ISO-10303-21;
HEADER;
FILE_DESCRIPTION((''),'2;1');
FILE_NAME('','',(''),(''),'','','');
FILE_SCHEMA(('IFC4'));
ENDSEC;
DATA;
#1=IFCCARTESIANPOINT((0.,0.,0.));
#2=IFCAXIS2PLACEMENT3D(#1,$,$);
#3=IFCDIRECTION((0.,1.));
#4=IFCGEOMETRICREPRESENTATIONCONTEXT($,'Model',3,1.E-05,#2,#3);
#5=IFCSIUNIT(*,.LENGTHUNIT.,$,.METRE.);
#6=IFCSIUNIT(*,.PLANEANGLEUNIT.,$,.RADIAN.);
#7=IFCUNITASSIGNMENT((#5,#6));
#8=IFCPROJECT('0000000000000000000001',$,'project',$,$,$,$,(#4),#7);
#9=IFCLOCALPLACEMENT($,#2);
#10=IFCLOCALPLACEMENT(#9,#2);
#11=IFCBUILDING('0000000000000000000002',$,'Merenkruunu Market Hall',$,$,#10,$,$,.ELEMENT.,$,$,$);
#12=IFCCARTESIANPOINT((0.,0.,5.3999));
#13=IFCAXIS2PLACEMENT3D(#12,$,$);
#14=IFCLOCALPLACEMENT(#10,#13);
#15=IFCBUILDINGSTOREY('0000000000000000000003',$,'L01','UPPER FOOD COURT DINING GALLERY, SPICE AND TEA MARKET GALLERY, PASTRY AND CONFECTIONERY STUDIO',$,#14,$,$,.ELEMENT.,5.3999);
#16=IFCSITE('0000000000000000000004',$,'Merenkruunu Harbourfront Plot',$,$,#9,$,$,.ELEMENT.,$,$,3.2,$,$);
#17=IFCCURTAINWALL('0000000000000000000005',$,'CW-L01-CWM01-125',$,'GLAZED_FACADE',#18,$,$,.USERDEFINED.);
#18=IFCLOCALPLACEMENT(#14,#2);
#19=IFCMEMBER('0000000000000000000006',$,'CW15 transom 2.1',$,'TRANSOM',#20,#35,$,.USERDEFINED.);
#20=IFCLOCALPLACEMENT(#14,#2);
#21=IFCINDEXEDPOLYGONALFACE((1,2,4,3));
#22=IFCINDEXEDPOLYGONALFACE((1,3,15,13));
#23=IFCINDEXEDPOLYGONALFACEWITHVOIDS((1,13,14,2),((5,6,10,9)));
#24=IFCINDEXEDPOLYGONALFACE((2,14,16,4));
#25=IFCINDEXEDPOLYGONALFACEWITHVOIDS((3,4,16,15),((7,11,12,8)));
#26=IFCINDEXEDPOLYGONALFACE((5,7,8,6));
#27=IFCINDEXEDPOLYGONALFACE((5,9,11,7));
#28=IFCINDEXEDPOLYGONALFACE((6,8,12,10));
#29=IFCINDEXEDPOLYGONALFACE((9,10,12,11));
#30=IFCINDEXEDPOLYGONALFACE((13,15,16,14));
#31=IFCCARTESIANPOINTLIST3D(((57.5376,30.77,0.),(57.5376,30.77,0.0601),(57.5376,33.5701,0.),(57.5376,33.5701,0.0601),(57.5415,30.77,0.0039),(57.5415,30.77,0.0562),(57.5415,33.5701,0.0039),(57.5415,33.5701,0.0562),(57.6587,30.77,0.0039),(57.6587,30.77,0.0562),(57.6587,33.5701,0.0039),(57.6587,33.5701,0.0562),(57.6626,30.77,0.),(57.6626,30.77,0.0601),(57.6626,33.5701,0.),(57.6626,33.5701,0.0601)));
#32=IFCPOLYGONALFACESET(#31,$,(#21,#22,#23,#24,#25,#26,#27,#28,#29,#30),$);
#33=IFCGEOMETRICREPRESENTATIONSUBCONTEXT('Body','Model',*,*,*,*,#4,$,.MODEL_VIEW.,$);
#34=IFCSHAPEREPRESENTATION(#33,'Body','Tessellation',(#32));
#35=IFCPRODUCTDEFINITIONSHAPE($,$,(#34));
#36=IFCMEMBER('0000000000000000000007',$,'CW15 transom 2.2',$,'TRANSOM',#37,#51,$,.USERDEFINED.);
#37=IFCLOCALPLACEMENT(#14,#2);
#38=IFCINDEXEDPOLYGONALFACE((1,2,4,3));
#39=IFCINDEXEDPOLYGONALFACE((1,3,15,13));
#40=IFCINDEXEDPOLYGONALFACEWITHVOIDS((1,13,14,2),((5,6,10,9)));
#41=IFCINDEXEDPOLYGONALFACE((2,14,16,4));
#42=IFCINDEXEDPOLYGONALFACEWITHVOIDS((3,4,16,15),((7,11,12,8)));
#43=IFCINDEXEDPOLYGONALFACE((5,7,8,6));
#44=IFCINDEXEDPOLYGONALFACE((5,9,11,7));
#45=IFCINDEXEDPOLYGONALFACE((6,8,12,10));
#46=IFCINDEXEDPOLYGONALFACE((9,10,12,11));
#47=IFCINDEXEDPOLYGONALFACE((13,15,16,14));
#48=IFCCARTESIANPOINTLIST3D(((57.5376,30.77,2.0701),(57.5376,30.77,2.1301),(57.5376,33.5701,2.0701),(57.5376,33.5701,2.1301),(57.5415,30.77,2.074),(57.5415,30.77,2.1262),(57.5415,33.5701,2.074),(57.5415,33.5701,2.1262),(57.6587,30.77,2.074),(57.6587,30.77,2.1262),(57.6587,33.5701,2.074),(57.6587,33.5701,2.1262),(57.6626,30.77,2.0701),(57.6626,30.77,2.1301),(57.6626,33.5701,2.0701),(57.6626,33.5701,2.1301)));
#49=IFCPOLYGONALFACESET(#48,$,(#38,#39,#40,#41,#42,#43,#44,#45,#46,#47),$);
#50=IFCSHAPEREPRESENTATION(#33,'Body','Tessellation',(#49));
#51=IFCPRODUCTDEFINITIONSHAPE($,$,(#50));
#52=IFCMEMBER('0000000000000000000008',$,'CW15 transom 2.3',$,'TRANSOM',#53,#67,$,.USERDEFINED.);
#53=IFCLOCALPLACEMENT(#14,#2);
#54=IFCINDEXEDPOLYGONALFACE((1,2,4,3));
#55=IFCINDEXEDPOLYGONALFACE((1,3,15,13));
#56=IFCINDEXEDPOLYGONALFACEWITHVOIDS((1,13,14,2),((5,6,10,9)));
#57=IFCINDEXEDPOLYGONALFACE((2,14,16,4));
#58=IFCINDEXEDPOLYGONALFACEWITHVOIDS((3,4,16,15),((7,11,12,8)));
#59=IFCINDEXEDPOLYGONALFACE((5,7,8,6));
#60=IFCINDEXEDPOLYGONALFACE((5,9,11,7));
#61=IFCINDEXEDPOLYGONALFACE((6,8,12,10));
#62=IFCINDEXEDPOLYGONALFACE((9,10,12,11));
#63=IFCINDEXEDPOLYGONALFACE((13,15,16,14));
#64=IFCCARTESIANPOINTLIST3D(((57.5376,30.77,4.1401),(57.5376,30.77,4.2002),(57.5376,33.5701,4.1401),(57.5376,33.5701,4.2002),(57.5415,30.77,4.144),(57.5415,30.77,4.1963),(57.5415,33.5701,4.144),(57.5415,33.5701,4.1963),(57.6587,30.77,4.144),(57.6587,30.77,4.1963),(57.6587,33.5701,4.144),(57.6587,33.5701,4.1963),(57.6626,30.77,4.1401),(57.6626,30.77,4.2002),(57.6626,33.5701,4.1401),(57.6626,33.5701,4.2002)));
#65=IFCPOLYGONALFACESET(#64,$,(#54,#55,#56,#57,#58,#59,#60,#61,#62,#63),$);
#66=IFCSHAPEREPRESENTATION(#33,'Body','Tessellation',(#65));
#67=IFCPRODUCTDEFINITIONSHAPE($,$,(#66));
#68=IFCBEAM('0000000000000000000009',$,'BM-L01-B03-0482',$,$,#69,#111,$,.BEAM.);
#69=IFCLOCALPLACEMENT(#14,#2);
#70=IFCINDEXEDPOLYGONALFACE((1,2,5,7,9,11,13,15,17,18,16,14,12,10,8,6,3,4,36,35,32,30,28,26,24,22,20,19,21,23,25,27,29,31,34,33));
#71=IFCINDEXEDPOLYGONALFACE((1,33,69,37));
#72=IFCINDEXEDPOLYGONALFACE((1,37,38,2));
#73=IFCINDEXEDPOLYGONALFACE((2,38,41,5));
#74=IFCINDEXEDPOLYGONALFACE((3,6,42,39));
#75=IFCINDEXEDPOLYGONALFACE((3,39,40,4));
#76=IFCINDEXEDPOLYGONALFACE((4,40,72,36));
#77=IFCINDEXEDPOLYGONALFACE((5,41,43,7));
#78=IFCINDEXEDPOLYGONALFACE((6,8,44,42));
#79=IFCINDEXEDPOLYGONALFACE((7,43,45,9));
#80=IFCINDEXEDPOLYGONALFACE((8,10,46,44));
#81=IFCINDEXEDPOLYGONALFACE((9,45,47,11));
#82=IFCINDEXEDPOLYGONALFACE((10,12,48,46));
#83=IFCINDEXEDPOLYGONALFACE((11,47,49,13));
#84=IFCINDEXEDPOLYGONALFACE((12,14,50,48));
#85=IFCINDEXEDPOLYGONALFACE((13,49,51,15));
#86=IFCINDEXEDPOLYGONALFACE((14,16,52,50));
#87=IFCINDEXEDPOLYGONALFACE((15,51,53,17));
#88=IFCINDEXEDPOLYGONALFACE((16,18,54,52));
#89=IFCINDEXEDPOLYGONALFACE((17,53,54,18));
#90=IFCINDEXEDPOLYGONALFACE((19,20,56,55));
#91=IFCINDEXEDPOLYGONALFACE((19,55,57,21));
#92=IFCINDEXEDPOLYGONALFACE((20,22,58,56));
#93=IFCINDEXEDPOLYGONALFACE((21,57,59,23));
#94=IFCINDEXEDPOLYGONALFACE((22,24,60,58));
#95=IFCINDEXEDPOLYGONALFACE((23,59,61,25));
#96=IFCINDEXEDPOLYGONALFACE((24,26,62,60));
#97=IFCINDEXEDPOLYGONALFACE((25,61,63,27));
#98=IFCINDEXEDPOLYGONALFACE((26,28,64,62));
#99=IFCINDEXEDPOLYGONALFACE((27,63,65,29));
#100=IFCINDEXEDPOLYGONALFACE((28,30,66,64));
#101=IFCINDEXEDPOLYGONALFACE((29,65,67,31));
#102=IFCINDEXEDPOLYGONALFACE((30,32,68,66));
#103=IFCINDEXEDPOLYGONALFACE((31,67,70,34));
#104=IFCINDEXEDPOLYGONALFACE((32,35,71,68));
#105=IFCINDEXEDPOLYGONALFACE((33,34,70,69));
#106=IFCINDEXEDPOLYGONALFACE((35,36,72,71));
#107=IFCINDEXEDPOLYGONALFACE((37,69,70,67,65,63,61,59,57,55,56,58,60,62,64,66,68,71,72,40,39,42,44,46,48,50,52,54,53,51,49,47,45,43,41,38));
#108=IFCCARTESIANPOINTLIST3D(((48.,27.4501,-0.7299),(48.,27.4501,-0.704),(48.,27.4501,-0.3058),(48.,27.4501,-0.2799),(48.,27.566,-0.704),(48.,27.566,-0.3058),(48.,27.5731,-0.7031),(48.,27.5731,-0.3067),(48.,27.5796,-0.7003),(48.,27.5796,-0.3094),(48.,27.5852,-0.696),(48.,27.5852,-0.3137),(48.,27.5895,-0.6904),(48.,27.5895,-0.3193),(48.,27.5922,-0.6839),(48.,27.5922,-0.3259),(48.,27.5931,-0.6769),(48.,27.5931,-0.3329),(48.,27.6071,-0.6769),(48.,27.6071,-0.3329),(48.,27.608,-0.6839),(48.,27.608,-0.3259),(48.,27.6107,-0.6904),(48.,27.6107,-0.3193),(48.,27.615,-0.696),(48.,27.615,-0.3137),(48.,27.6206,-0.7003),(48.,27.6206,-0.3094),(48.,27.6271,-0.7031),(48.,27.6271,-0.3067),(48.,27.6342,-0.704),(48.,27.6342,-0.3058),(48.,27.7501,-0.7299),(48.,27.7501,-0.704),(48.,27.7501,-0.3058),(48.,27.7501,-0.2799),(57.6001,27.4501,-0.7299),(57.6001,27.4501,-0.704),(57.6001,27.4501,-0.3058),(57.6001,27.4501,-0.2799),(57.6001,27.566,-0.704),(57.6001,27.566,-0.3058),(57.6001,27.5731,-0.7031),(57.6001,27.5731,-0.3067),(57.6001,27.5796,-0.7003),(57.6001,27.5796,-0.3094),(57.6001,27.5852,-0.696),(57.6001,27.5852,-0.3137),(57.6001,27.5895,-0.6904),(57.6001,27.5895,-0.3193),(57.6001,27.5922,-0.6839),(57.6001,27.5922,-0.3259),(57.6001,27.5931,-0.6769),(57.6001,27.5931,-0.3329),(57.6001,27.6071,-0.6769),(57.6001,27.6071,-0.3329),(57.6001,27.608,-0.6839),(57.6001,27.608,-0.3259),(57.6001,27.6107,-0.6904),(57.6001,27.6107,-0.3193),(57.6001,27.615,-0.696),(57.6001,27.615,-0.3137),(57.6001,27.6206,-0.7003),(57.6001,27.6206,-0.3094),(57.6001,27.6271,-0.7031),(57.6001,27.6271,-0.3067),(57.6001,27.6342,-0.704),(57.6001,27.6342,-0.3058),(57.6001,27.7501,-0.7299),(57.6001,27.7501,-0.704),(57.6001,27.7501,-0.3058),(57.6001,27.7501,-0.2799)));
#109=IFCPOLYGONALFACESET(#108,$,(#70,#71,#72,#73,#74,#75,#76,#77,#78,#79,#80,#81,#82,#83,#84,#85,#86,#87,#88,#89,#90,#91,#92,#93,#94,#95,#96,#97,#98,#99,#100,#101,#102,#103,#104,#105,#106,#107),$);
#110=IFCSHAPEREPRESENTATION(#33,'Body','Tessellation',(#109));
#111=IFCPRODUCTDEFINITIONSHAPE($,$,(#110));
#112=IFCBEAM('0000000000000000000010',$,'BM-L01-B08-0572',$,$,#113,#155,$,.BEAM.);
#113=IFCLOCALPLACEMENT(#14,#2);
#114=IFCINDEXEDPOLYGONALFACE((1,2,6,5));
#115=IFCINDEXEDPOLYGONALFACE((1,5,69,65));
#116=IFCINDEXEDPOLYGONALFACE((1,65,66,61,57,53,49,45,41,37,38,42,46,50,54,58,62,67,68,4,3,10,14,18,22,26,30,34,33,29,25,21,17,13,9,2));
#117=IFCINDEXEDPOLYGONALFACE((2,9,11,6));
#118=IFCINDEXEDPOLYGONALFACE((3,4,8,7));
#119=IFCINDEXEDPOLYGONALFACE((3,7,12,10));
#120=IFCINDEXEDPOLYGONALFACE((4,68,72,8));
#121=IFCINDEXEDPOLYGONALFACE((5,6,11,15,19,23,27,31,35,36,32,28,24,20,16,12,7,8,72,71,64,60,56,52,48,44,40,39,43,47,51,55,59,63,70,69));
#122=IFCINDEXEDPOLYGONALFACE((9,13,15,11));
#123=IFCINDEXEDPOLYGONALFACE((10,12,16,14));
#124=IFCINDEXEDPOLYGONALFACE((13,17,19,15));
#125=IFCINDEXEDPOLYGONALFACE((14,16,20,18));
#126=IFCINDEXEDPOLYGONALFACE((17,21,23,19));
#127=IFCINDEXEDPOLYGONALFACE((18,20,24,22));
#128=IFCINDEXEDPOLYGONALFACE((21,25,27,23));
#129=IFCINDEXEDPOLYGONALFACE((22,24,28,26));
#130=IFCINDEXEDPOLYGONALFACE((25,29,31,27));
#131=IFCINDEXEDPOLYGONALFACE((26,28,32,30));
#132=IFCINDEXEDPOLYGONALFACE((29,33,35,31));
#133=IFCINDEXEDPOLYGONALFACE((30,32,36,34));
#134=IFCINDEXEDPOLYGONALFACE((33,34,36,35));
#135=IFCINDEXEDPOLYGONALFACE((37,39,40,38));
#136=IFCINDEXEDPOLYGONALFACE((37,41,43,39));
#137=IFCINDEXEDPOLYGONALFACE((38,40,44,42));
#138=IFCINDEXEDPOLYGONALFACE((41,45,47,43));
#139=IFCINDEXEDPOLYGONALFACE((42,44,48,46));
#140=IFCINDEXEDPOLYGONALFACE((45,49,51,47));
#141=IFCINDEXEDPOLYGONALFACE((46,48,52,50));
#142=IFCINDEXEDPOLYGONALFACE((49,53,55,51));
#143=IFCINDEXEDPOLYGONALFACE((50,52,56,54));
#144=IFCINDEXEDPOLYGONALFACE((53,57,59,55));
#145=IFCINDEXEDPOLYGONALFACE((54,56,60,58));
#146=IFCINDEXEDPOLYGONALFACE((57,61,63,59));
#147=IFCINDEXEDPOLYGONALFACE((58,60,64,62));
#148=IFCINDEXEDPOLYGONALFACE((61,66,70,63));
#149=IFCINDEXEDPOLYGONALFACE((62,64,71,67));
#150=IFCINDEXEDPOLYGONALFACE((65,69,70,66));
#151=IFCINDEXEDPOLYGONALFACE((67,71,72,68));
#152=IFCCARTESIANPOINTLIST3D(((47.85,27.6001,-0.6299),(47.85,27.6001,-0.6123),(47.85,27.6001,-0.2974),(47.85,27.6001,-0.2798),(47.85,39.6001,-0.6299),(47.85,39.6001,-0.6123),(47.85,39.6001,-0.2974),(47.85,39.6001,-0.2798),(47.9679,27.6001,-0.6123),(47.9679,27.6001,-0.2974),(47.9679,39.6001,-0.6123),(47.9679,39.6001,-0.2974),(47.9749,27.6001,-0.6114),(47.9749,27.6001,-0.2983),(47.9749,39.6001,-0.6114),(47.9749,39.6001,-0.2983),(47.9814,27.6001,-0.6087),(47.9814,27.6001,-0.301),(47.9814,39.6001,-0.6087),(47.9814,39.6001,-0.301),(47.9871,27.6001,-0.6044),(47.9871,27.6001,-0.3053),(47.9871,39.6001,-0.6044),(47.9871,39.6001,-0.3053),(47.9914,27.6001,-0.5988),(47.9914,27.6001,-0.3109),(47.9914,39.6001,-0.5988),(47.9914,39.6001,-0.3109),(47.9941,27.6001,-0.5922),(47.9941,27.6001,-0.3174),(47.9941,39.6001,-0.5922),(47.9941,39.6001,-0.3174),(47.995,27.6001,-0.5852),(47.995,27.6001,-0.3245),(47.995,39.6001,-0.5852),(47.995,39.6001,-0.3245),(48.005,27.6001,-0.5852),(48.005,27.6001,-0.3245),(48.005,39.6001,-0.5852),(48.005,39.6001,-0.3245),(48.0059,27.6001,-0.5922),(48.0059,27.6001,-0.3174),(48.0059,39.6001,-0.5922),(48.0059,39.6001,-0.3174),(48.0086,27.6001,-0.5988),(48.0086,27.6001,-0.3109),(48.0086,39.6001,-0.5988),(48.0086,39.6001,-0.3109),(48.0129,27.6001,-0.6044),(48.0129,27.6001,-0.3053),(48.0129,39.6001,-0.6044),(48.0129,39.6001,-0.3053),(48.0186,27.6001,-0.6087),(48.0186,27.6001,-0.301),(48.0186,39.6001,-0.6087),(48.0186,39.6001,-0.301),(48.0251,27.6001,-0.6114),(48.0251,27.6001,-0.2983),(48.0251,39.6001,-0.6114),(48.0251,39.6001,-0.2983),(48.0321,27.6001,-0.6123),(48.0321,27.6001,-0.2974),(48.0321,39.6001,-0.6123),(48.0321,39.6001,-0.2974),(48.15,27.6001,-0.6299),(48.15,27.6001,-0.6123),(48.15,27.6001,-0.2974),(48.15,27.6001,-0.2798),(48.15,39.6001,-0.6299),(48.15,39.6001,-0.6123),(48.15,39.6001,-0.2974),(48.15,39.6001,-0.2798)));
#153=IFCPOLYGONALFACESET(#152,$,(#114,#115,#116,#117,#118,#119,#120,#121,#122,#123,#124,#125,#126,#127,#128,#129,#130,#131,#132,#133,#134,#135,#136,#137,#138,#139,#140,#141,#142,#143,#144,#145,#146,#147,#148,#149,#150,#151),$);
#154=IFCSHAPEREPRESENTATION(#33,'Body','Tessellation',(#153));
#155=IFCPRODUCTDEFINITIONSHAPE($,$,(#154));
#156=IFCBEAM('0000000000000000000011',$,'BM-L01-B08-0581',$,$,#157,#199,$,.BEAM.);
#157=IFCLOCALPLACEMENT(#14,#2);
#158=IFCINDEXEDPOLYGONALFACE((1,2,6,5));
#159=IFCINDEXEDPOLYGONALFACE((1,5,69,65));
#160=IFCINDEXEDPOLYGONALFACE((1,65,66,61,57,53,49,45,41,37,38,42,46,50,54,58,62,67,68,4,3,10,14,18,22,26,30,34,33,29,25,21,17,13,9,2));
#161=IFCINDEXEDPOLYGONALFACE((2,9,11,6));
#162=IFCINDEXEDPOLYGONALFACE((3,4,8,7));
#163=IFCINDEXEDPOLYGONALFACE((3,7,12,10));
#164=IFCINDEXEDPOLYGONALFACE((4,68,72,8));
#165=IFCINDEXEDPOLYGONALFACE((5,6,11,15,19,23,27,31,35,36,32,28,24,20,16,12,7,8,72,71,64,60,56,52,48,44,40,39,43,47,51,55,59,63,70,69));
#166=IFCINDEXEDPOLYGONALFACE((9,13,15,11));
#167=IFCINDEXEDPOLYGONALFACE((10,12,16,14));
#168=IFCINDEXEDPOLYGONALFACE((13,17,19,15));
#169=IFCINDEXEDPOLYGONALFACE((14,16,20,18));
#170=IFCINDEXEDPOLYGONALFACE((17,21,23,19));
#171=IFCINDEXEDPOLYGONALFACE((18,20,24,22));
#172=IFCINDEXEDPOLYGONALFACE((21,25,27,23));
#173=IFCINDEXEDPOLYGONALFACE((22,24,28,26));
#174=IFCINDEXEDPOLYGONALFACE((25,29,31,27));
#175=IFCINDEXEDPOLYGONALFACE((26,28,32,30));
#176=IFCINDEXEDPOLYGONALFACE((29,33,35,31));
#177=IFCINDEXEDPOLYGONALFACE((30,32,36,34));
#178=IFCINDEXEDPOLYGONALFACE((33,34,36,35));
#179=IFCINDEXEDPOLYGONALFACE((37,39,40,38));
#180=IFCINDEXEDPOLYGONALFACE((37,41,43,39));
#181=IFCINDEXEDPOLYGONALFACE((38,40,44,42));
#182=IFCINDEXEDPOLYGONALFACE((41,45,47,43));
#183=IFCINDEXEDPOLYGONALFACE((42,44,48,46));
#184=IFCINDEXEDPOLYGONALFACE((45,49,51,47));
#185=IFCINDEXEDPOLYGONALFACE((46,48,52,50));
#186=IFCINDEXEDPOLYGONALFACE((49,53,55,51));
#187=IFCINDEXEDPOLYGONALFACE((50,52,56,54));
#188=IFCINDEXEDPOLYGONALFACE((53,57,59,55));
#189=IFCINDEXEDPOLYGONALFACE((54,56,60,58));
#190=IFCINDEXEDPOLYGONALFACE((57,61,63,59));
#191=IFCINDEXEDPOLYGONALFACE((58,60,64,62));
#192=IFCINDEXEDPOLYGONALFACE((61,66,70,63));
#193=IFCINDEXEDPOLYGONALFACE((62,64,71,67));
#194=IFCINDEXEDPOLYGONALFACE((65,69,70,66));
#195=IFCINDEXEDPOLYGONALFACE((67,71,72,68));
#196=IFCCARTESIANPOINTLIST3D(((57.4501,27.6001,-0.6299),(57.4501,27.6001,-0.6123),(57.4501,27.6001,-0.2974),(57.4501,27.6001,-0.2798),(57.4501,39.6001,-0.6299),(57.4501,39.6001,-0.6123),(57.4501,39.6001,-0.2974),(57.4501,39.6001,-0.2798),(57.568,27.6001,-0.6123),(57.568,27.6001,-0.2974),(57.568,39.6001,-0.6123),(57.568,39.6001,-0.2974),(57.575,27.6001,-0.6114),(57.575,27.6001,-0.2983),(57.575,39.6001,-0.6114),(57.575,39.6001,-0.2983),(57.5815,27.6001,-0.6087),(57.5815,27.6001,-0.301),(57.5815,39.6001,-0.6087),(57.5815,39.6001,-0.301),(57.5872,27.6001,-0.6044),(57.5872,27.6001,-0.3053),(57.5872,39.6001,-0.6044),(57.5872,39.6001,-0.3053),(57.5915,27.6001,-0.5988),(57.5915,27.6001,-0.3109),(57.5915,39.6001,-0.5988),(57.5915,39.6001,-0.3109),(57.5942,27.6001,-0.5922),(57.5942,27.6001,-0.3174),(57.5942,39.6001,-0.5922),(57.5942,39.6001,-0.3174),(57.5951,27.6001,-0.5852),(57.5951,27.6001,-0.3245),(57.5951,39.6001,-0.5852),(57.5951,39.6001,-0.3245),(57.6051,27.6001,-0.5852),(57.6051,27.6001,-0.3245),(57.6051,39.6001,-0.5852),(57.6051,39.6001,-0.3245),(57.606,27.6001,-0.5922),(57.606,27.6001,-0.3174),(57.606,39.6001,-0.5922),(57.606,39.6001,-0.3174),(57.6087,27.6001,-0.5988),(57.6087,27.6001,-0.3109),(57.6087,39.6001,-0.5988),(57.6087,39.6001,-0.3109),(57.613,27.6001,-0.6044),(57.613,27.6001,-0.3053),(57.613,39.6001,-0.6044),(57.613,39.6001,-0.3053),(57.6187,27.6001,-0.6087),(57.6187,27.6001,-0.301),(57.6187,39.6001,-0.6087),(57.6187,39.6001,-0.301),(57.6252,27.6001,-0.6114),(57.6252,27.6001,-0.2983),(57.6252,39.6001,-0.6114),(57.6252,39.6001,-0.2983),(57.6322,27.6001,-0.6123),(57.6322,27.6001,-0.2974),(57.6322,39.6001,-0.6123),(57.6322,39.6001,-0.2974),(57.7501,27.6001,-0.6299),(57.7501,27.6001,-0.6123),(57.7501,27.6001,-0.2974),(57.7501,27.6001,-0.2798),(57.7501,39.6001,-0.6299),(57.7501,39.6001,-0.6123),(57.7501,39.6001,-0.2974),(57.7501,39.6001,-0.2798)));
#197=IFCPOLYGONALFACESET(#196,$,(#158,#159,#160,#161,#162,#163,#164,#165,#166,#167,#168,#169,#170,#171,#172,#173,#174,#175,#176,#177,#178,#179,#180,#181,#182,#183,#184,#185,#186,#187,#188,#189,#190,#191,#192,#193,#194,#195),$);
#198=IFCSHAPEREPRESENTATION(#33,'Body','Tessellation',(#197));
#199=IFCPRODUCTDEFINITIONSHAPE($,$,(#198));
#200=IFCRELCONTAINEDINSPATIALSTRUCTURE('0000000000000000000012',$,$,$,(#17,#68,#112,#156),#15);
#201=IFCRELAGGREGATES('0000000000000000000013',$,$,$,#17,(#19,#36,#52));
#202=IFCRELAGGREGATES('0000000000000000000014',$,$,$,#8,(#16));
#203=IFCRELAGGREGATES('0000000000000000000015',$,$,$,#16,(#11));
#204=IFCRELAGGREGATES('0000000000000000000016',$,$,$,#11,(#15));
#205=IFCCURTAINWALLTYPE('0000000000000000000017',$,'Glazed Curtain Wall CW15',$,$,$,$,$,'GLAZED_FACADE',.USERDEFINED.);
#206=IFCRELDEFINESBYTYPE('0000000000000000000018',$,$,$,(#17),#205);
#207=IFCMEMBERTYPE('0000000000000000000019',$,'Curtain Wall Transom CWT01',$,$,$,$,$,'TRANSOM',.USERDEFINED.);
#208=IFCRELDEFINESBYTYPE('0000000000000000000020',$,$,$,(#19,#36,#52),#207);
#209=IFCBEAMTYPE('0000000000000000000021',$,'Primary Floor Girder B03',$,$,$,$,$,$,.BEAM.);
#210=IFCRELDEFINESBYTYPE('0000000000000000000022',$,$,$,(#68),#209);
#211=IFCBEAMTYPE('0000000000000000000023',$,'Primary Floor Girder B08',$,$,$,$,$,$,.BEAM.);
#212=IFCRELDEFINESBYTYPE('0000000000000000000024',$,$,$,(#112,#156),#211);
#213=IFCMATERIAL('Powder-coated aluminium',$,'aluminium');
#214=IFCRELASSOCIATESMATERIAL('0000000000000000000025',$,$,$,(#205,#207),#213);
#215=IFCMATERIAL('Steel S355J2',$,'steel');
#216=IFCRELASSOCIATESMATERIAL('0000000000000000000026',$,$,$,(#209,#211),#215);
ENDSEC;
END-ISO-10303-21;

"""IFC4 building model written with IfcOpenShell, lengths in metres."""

from ifc_helpers import new_model, si_unit, direction, frame, origin, origin_2d, place, context, subcontext, project, spatial, hollow_rectangle, i_section, extrude, material, material_profile, profile_set, type_object, element, aggregate, save


model = new_model("IFC4")

# Units and contexts
model_context = context("Model", 3, precision=1e-05, world=origin(), true_north=direction((0.0, 1.0)))
body_context = subcontext(model_context, "Body", "Model", "MODEL_VIEW")
ifc_project = project(units=[si_unit("LENGTHUNIT", "METRE"), si_unit("PLANEANGLEUNIT", "RADIAN")], contexts=[model_context])

# Site, building, storey
site_placement = place(None, origin())
site = spatial("IfcSite", under=ifc_project, at=site_placement, Name="Merenkruunu Harbourfront Plot", CompositionType="ELEMENT", RefElevation=3.2)
building_placement = place(site_placement, origin())
building = spatial("IfcBuilding", under=site, at=building_placement, Name="Merenkruunu Market Hall", CompositionType="ELEMENT")
storey_placement = place(building_placement, frame((0.0, 0.0, 5.3999)))
storey = spatial("IfcBuildingStorey", under=building, at=storey_placement, Name="L01", Description="UPPER FOOD COURT DINING GALLERY, SPICE AND TEA MARKET GALLERY, PASTRY AND CONFECTIONERY STUDIO", CompositionType="ELEMENT", Elevation=5.3999)

# Shared definitions
ifc_material_1 = material(Name="Steel S355J2", Category="steel")

# Curtain wall
ifc_material_2 = material(Name="Powder-coated aluminium", Category="aluminium")
curtain_wall_type = type_object("IfcCurtainWallType", Name="Glazed Curtain Wall CW15", ElementType="GLAZED_FACADE", PredefinedType="USERDEFINED", material=ifc_material_2)
curtain_wall_1_placement = place(storey_placement, origin())
curtain_wall_1 = element("IfcCurtainWall", 1, at=curtain_wall_1_placement, inside=storey, type_object=curtain_wall_type, Name="CW-L01-CWM01-125", ObjectType="GLAZED_FACADE", PredefinedType="USERDEFINED")

# Members
ifc_material_profile_1 = material_profile(ifc_material_2, hollow_rectangle(XDim=0.0601, YDim=0.125, WallThickness=0.0039, at=origin_2d()), Name="ALU 60x125x4")
ifc_profile_set_1 = profile_set([ifc_material_profile_1], Name="Powder-coated aluminium")
member_type_1 = type_object("IfcMemberType", Name="Curtain Wall Transom CWT01", ElementType="TRANSOM", PredefinedType="USERDEFINED", material=ifc_profile_set_1)
member_1_placement = place(storey_placement, frame((57.6001, 30.77, 0.03), z_axis=(0.0, 1.0, 0.0), x_axis=(0.0, 0.0, 1.0)))
member_1 = element("IfcMember", 2, at=member_1_placement, type_object=member_type_1, Name="CW15 transom 2.1", ObjectType="TRANSOM", PredefinedType="USERDEFINED", context=body_context, shape_type="SweptSolid", body=[
    extrude(hollow_rectangle(XDim=0.0601, YDim=0.125, WallThickness=0.0039, at=origin_2d()), origin(), (0.0, 0.0, 1.0), 2.8),
])
member_2_placement = place(storey_placement, frame((57.6001, 30.77, 2.1001), z_axis=(0.0, 1.0, 0.0), x_axis=(0.0, 0.0, 1.0)))
member_2 = element("IfcMember", 3, at=member_2_placement, type_object=member_type_1, Name="CW15 transom 2.2", ObjectType="TRANSOM", PredefinedType="USERDEFINED", context=body_context, shape_type="SweptSolid", body=[
    extrude(hollow_rectangle(XDim=0.0601, YDim=0.125, WallThickness=0.0039, at=origin_2d()), origin(), (0.0, 0.0, 1.0), 2.8),
])
member_3_placement = place(storey_placement, frame((57.6001, 30.77, 4.1702), z_axis=(0.0, 1.0, 0.0), x_axis=(0.0, 0.0, 1.0)))
member_3 = element("IfcMember", 4, at=member_3_placement, type_object=member_type_1, Name="CW15 transom 2.3", ObjectType="TRANSOM", PredefinedType="USERDEFINED", context=body_context, shape_type="SweptSolid", body=[
    extrude(hollow_rectangle(XDim=0.0601, YDim=0.125, WallThickness=0.0039, at=origin_2d()), origin(), (0.0, 0.0, 1.0), 2.8),
])

# Beams
ifc_material_profile_2 = material_profile(ifc_material_1, i_section(OverallWidth=0.3, OverallDepth=0.45, WebThickness=0.0139, FlangeThickness=0.0259, FilletRadius=0.0271, at=origin_2d()), Name="HEB 450")
ifc_profile_set_2 = profile_set([ifc_material_profile_2], Name="Steel S355J2")
beam_type_1 = type_object("IfcBeamType", Name="Primary Floor Girder B03", PredefinedType="BEAM", material=ifc_profile_set_2)
beam_placement = place(storey_placement, frame((48.0, 27.6001, -0.5049), z_axis=(1.0, 0.0, 0.0), x_axis=(0.0, 1.0, 0.0)))
element("IfcBeam", 5, at=beam_placement, inside=storey, type_object=beam_type_1, Name="BM-L01-B03-0482", PredefinedType="BEAM", context=body_context, shape_type="SweptSolid", body=[
    extrude(i_section(OverallWidth=0.3, OverallDepth=0.45, WebThickness=0.0139, FlangeThickness=0.0259, FilletRadius=0.0271, at=origin_2d()), origin(), (0.0, 0.0, 1.0), 9.6001),
])
ifc_material_profile_3 = material_profile(ifc_material_1, i_section(OverallWidth=0.3, OverallDepth=0.3501, WebThickness=0.01, FlangeThickness=0.0176, FilletRadius=0.0271, at=origin_2d()), Name="HEA 360")
ifc_profile_set_3 = profile_set([ifc_material_profile_3], Name="Steel S355J2")
beam_type_2 = type_object("IfcBeamType", Name="Primary Floor Girder B08", PredefinedType="BEAM", material=ifc_profile_set_3)
for number, where, z_axis, x_axis, name in (
    (6, (48.0, 27.6001, -0.4548), (0.0, 1.0, 0.0), (-1.0, 0.0, 0.0), "BM-L01-B08-0572"),
    (7, (57.6001, 27.6001, -0.4548), (0.0, 1.0, 0.0), (-1.0, 0.0, 0.0), "BM-L01-B08-0581"),
):
    element("IfcBeam", number, at=place(storey_placement, frame(where, z_axis=z_axis, x_axis=x_axis)), inside=storey, type_object=beam_type_2, Name=name, PredefinedType="BEAM", context=body_context, shape_type="SweptSolid", body=[
        extrude(i_section(OverallWidth=0.3, OverallDepth=0.3501, WebThickness=0.01, FlangeThickness=0.0176, FilletRadius=0.0271, at=origin_2d()), origin(), (0.0, 0.0, 1.0), 12.0),
    ])

aggregate(curtain_wall_1, [member_1, member_2, member_3])

save(model, "model.ifc")
